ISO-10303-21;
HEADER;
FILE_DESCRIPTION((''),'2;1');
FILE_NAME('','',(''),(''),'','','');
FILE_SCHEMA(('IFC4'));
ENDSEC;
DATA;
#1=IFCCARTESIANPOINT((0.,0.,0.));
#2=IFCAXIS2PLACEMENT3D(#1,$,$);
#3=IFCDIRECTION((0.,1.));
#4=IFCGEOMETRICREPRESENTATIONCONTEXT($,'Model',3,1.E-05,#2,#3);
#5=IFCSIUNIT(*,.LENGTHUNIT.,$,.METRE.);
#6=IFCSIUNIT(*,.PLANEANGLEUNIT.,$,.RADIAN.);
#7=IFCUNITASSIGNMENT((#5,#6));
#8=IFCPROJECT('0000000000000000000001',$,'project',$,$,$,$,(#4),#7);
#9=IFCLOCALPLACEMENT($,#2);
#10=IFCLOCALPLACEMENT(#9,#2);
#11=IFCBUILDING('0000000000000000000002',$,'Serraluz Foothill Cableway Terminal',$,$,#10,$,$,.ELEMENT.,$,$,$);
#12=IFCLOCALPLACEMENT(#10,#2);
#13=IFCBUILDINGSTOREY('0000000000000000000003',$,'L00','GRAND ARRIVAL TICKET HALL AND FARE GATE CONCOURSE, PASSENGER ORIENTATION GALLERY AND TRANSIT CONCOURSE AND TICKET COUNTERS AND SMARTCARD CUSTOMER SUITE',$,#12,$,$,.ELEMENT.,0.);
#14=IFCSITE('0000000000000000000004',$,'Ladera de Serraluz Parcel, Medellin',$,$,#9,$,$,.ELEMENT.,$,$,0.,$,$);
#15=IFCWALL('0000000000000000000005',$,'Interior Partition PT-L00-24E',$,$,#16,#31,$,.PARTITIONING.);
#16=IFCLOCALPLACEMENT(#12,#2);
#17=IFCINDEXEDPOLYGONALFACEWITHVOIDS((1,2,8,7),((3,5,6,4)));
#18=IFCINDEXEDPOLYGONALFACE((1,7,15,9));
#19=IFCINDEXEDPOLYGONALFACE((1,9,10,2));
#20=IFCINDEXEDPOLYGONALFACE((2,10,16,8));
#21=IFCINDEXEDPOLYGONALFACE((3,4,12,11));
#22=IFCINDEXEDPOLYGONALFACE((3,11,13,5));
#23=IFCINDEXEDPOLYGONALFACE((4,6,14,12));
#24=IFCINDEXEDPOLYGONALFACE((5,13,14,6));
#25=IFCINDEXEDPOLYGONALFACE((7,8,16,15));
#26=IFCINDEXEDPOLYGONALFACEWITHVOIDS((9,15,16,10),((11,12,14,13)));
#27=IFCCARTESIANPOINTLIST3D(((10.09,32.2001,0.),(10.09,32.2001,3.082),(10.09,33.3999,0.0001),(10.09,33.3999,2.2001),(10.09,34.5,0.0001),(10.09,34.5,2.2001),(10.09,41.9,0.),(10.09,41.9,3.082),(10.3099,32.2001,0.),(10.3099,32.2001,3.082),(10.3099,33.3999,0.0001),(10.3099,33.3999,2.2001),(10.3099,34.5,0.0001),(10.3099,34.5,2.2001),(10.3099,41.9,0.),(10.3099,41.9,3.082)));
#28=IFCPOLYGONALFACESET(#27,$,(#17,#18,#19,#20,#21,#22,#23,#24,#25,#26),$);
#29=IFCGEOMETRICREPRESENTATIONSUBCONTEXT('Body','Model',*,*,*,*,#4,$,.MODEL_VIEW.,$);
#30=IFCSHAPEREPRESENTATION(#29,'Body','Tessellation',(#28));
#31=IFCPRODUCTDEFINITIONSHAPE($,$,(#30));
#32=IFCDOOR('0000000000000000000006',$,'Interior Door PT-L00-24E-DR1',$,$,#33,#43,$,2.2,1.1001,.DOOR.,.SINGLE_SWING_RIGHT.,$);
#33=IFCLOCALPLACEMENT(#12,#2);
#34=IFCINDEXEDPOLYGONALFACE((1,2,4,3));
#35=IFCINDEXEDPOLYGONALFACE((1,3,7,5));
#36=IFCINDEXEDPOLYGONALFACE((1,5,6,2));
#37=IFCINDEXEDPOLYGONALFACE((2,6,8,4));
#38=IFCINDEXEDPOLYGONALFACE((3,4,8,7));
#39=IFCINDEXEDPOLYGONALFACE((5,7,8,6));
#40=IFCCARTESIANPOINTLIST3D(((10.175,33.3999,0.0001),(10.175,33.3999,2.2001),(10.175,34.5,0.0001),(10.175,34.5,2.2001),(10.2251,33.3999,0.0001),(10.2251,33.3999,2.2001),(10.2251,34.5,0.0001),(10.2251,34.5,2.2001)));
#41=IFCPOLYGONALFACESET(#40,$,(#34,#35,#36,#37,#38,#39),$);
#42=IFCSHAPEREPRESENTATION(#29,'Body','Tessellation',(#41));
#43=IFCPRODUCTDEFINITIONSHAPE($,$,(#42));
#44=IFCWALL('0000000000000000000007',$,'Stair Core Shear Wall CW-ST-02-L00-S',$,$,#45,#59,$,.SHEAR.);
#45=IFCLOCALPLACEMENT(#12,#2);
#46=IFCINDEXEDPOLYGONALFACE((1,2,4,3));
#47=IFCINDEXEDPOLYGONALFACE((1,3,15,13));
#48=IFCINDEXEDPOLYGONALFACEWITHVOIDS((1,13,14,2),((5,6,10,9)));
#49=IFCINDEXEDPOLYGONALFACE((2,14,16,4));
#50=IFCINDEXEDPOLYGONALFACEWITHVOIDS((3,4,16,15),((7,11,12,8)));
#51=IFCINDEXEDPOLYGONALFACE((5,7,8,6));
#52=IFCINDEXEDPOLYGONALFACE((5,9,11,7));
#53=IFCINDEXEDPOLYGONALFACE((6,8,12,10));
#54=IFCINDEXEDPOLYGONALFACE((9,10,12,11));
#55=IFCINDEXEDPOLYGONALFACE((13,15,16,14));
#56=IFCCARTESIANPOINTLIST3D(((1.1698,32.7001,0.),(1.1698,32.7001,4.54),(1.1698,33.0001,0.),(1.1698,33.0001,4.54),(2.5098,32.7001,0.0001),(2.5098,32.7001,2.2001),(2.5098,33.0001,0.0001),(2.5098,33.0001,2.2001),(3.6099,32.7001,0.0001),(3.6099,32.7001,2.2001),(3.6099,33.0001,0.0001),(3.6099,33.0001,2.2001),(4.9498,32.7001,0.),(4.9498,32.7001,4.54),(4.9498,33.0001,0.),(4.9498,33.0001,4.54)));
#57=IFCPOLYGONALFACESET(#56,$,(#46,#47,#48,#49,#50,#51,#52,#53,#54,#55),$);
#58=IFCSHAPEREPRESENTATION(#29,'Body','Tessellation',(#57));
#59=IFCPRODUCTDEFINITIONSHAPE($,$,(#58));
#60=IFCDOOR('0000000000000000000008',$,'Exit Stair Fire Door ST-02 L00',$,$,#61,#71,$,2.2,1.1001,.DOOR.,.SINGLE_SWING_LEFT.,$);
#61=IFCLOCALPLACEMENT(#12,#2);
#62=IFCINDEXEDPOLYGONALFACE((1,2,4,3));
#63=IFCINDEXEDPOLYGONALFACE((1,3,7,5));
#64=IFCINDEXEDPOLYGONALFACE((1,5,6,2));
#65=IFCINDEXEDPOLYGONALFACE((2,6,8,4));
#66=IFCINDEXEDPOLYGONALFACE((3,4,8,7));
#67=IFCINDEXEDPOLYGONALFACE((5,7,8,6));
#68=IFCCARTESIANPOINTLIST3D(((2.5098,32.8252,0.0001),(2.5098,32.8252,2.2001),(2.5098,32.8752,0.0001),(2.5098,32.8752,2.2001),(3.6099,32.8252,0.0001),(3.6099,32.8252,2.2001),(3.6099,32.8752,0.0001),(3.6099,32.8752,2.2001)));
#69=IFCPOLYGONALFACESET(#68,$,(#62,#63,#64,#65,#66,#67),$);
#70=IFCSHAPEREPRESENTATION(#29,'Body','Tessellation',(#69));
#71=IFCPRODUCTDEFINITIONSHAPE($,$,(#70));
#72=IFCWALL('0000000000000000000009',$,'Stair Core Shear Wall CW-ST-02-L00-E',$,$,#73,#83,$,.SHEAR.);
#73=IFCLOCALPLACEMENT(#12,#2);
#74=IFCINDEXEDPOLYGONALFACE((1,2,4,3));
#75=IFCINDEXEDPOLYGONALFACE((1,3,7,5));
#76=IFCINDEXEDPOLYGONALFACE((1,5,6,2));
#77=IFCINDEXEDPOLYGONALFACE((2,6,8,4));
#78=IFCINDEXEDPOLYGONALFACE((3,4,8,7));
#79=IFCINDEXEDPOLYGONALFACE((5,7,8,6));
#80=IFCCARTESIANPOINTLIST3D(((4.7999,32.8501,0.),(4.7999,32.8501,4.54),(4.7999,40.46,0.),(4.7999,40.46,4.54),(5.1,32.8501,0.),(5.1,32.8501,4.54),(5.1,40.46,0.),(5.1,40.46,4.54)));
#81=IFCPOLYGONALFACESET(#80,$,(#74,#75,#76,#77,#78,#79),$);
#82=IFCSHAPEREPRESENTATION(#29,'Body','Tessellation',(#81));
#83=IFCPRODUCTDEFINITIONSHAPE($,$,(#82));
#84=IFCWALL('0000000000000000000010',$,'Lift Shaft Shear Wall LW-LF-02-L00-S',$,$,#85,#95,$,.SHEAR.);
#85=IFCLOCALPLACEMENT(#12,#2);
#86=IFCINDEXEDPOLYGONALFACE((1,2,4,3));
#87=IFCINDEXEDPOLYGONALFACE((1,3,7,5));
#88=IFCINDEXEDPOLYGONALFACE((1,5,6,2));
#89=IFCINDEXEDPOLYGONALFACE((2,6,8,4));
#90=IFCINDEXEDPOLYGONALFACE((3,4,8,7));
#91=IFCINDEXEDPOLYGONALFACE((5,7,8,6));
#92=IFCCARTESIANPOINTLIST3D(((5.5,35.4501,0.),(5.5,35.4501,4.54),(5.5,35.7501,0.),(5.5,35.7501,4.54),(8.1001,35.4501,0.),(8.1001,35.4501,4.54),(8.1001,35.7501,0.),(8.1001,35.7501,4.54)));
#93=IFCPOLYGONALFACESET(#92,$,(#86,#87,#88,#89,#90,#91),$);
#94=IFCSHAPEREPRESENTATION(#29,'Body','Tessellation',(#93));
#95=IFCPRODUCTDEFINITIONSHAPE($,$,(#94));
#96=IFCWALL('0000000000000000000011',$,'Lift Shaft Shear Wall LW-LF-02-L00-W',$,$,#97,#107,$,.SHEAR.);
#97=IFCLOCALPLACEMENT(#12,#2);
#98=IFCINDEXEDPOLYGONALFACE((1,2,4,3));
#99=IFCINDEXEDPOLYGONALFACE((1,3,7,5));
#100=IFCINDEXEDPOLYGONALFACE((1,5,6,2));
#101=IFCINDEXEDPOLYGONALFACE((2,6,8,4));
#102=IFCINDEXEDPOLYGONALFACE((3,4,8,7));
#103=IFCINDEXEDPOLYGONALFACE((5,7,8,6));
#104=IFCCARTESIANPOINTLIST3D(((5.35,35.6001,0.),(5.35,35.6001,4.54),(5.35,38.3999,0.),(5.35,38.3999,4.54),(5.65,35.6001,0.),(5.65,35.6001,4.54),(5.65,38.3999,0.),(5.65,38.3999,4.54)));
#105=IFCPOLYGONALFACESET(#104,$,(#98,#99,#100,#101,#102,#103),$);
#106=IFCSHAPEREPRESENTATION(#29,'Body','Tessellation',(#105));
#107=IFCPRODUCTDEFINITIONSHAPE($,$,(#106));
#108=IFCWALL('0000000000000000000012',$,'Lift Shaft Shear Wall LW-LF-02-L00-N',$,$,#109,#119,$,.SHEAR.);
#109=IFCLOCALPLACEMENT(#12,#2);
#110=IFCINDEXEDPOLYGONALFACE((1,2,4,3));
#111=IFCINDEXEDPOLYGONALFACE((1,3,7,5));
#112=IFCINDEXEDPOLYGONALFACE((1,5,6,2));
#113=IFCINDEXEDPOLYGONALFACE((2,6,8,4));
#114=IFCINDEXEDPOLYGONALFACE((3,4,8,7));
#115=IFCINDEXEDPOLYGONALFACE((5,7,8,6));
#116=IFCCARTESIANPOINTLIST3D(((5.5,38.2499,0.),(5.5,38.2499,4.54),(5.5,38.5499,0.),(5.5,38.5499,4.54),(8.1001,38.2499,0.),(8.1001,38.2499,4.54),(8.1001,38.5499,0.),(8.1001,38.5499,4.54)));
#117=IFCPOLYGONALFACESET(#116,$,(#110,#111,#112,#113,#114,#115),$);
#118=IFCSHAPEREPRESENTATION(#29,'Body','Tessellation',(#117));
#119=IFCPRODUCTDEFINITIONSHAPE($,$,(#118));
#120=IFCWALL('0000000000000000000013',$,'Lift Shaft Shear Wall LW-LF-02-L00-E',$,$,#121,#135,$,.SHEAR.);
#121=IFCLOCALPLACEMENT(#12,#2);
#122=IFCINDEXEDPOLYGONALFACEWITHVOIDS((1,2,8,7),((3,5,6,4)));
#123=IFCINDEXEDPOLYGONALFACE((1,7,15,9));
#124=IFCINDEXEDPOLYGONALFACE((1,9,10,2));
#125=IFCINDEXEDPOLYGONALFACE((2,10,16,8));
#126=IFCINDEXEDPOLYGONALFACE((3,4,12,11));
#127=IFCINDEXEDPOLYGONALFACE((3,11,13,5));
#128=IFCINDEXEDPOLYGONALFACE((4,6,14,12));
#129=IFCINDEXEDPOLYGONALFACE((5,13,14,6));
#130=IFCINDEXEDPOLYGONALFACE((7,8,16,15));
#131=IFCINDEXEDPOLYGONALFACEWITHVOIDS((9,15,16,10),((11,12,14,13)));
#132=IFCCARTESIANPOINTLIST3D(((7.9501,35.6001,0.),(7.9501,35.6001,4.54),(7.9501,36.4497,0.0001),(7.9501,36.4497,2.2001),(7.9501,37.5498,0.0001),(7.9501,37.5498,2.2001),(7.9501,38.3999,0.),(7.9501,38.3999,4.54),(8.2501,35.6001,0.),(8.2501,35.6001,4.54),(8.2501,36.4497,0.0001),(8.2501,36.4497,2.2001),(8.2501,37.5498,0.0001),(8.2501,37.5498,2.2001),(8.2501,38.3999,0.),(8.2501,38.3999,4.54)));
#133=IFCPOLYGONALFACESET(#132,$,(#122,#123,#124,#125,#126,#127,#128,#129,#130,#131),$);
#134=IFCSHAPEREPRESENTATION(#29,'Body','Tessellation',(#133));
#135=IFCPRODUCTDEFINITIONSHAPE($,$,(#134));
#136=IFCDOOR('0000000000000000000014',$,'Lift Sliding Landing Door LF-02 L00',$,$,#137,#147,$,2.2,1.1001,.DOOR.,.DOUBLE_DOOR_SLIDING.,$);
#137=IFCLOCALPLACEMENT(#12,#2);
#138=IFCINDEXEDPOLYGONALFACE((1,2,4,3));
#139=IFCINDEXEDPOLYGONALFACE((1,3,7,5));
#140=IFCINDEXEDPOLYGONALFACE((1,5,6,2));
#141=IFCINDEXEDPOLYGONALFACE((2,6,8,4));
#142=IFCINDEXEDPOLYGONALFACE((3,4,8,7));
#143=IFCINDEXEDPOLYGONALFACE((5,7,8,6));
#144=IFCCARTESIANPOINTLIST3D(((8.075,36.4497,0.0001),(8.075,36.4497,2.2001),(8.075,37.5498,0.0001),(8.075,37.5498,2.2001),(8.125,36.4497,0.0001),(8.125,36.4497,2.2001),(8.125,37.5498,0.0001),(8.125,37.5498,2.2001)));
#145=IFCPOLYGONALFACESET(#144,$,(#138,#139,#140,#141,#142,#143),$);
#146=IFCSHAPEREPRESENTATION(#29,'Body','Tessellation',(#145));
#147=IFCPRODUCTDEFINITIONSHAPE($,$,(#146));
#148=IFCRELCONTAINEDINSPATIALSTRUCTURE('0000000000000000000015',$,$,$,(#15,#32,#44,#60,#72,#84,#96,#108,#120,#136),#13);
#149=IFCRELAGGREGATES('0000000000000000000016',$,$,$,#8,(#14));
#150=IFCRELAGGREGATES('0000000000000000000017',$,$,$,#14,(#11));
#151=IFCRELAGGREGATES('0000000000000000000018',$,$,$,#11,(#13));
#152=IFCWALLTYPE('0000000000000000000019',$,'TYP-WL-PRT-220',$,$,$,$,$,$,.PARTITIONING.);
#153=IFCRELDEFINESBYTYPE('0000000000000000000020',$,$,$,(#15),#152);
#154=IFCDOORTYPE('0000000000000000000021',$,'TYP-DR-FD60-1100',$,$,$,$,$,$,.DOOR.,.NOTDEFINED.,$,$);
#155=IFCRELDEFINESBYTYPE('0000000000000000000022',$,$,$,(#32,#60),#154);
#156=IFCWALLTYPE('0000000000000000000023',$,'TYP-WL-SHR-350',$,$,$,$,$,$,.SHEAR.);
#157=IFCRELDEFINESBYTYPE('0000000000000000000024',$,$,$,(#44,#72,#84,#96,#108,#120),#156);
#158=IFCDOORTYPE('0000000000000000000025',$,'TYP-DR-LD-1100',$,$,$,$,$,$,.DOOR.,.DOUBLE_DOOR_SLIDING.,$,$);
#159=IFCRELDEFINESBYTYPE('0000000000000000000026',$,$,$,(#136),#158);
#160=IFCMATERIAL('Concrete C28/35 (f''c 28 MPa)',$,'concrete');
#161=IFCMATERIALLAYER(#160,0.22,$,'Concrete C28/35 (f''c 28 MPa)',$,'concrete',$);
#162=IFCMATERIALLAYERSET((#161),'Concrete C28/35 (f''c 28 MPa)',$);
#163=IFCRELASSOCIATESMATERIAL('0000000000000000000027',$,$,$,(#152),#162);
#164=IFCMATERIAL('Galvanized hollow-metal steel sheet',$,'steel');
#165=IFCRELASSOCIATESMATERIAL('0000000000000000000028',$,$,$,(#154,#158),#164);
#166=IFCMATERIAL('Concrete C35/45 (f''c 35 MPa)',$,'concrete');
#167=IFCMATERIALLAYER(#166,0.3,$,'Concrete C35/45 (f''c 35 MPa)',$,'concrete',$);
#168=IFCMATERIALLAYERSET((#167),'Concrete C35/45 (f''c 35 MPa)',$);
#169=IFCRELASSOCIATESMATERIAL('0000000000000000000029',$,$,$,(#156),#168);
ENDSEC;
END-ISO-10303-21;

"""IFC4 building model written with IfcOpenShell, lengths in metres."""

from ifc_helpers import new_model, si_unit, direction, frame, frame_2d, origin, place, context, subcontext, project, spatial, rectangle, extrude, material, layer, layer_set, type_object, element, fill, save


model = new_model("IFC4")

# Units and contexts
model_context = context("Model", 3, precision=1e-05, world=origin(), true_north=direction((0.0, 1.0)))
body_context = subcontext(model_context, "Body", "Model", "MODEL_VIEW")
ifc_project = project(units=[si_unit("LENGTHUNIT", "METRE"), si_unit("PLANEANGLEUNIT", "RADIAN")], contexts=[model_context])

# Site, building, storey
site_placement = place(None, origin())
site = spatial("IfcSite", under=ifc_project, at=site_placement, Name="Ladera de Serraluz Parcel, Medellin", CompositionType="ELEMENT", RefElevation=0.0)
building_placement = place(site_placement, origin())
building = spatial("IfcBuilding", under=site, at=building_placement, Name="Serraluz Foothill Cableway Terminal", CompositionType="ELEMENT")
storey_placement = place(building_placement, origin())
storey = spatial("IfcBuildingStorey", under=building, at=storey_placement, Name="L00", Description="GRAND ARRIVAL TICKET HALL AND FARE GATE CONCOURSE, PASSENGER ORIENTATION GALLERY AND TRANSIT CONCOURSE AND TICKET COUNTERS AND SMARTCARD CUSTOMER SUITE", CompositionType="ELEMENT", Elevation=0.0)

# Shared definitions
ifc_material_1 = material(Name="Concrete C28/35 (f'c 28 MPa)", Category="concrete")

# Shared definitions
ifc_material_2 = material(Name="Concrete C35/45 (f'c 35 MPa)", Category="concrete")

# Walls, openings, doors
ifc_layer_1 = layer(ifc_material_1, 0.22, Name="Concrete C28/35 (f'c 28 MPa)", Category="concrete")
ifc_layer_set_1 = layer_set([ifc_layer_1], Name="Concrete C28/35 (f'c 28 MPa)")
wall_type_1 = type_object("IfcWallType", Name="TYP-WL-PRT-220", PredefinedType="PARTITIONING", material=ifc_layer_set_1)
wall_1_placement = place(storey_placement, frame((10.2, 32.2, 0.0), z_axis=(0.0, 0.0, 1.0), x_axis=(0.0, 1.0, 0.0)))
wall_1 = element("IfcWall", 1, at=wall_1_placement, inside=storey, type_object=wall_type_1, Name="Interior Partition PT-L00-24E", PredefinedType="PARTITIONING", context=body_context, shape_type="SweptSolid", body=[
    extrude(rectangle(XDim=9.7, YDim=0.22, at=frame_2d((4.8501, 0.0))), origin(), (0.0, 0.0, 1.0), 3.082),
])
opening_1_placement = place(wall_1_placement, frame((1.2, 0.0, 0.0)))
opening_1 = element("IfcOpeningElement", 2, at=opening_1_placement, cuts=wall_1, PredefinedType="OPENING", context=body_context, shape_type="SweptSolid", body=[
    extrude(rectangle(XDim=1.1001, YDim=2.2, at=frame_2d((0.55, 1.1001))), frame((0.0, 0.1201, 0.0), z_axis=(0.0, -1.0, 0.0), x_axis=(1.0, 0.0, 0.0)), (0.0, 0.0, 1.0), 0.24),
])
ifc_material_3 = material(Name="Galvanized hollow-metal steel sheet", Category="steel")
door_type_1 = type_object("IfcDoorType", Name="TYP-DR-FD60-1100", OperationType="NOTDEFINED", PredefinedType="DOOR", material=ifc_material_3)
door_1_placement = place(opening_1_placement, origin())
door_1 = element("IfcDoor", 3, at=door_1_placement, inside=storey, type_object=door_type_1, Name="Interior Door PT-L00-24E-DR1", OperationType="SINGLE_SWING_RIGHT", OverallHeight=2.2, OverallWidth=1.1001, PredefinedType="DOOR", context=body_context, shape_type="SweptSolid", body=[
    extrude(rectangle(XDim=1.1001, YDim=2.2, at=frame_2d((0.55, 1.1001))), frame((0.0, 0.0249, 0.0), z_axis=(0.0, -1.0, 0.0), x_axis=(1.0, 0.0, 0.0)), (0.0, 0.0, 1.0), 0.05),
])
fill(opening_1, door_1)
ifc_layer_2 = layer(ifc_material_2, 0.3, Name="Concrete C35/45 (f'c 35 MPa)", Category="concrete")
ifc_layer_set_2 = layer_set([ifc_layer_2], Name="Concrete C35/45 (f'c 35 MPa)")
wall_type_2 = type_object("IfcWallType", Name="TYP-WL-SHR-350", PredefinedType="SHEAR", material=ifc_layer_set_2)
wall_2_placement = place(storey_placement, frame((4.95, 32.8501, 0.0), z_axis=(0.0, 0.0, 1.0), x_axis=(-1.0, 0.0, 0.0)))
wall_2 = element("IfcWall", 4, at=wall_2_placement, inside=storey, type_object=wall_type_2, Name="Stair Core Shear Wall CW-ST-02-L00-S", PredefinedType="SHEAR", context=body_context, shape_type="SweptSolid", body=[
    extrude(rectangle(XDim=3.78, YDim=0.3, at=frame_2d((1.8901, 0.0))), origin(), (0.0, 0.0, 1.0), 4.54),
])
opening_2_placement = place(wall_2_placement, frame((1.3401, 0.0, 0.0)))
opening_2 = element("IfcOpeningElement", 5, at=opening_2_placement, cuts=wall_2, PredefinedType="OPENING", context=body_context, shape_type="SweptSolid", body=[
    extrude(rectangle(XDim=1.1001, YDim=2.2, at=frame_2d((0.55, 1.1001))), frame((0.0, 0.1602, 0.0), z_axis=(0.0, -1.0, 0.0), x_axis=(1.0, 0.0, 0.0)), (0.0, 0.0, 1.0), 0.3201),
])
door_2_placement = place(opening_2_placement, origin())
door_2 = element("IfcDoor", 6, at=door_2_placement, inside=storey, type_object=door_type_1, Name="Exit Stair Fire Door ST-02 L00", OperationType="SINGLE_SWING_LEFT", OverallHeight=2.2, OverallWidth=1.1001, PredefinedType="DOOR", context=body_context, shape_type="SweptSolid", body=[
    extrude(rectangle(XDim=1.1001, YDim=2.2, at=frame_2d((0.55, 1.1001))), frame((0.0, 0.0249, 0.0), z_axis=(0.0, -1.0, 0.0), x_axis=(1.0, 0.0, 0.0)), (0.0, 0.0, 1.0), 0.05),
])
fill(opening_2, door_2)

# Walls
wall_3_placement = place(storey_placement, frame((4.95, 40.46, 0.0), z_axis=(0.0, 0.0, 1.0), x_axis=(0.0, -1.0, 0.0)))
element("IfcWall", 7, at=wall_3_placement, inside=storey, type_object=wall_type_2, Name="Stair Core Shear Wall CW-ST-02-L00-E", PredefinedType="SHEAR", context=body_context, shape_type="SweptSolid", body=[
    extrude(rectangle(XDim=7.6099, YDim=0.3, at=frame_2d((3.8049, 0.0))), origin(), (0.0, 0.0, 1.0), 4.54),
])
wall_4_placement = place(storey_placement, frame((8.1001, 35.6001, 0.0), z_axis=(0.0, 0.0, 1.0), x_axis=(-1.0, 0.0, 0.0)))
element("IfcWall", 8, at=wall_4_placement, inside=storey, type_object=wall_type_2, Name="Lift Shaft Shear Wall LW-LF-02-L00-S", PredefinedType="SHEAR", context=body_context, shape_type="SweptSolid", body=[
    extrude(rectangle(XDim=2.6001, YDim=0.3, at=frame_2d((1.3, 0.0))), origin(), (0.0, 0.0, 1.0), 4.54),
])
wall_5_placement = place(storey_placement, frame((5.5, 35.6001, 0.0), z_axis=(0.0, 0.0, 1.0), x_axis=(0.0, 1.0, 0.0)))
element("IfcWall", 9, at=wall_5_placement, inside=storey, type_object=wall_type_2, Name="Lift Shaft Shear Wall LW-LF-02-L00-W", PredefinedType="SHEAR", context=body_context, shape_type="SweptSolid", body=[
    extrude(rectangle(XDim=2.7998, YDim=0.3, at=frame_2d((1.3999, 0.0))), origin(), (0.0, 0.0, 1.0), 4.54),
])
wall_6_placement = place(storey_placement, frame((5.5, 38.3999, 0.0), z_axis=(0.0, 0.0, 1.0), x_axis=(1.0, 0.0, 0.0)))
element("IfcWall", 10, at=wall_6_placement, inside=storey, type_object=wall_type_2, Name="Lift Shaft Shear Wall LW-LF-02-L00-N", PredefinedType="SHEAR", context=body_context, shape_type="SweptSolid", body=[
    extrude(rectangle(XDim=2.6001, YDim=0.3, at=frame_2d((1.3, 0.0))), origin(), (0.0, 0.0, 1.0), 4.54),
])

# Wall, opening, door
wall_7_placement = place(storey_placement, frame((8.1001, 38.3999, 0.0), z_axis=(0.0, 0.0, 1.0), x_axis=(0.0, -1.0, 0.0)))
wall_7 = element("IfcWall", 11, at=wall_7_placement, inside=storey, type_object=wall_type_2, Name="Lift Shaft Shear Wall LW-LF-02-L00-E", PredefinedType="SHEAR", context=body_context, shape_type="SweptSolid", body=[
    extrude(rectangle(XDim=2.7998, YDim=0.3, at=frame_2d((1.3999, 0.0))), origin(), (0.0, 0.0, 1.0), 4.54),
])
opening_3_placement = place(wall_7_placement, frame((0.8501, 0.0, 0.0)))
opening_3 = element("IfcOpeningElement", 12, at=opening_3_placement, cuts=wall_7, PredefinedType="OPENING", context=body_context, shape_type="SweptSolid", body=[
    extrude(rectangle(XDim=1.1001, YDim=2.2, at=frame_2d((0.55, 1.1001))), frame((0.0, 0.1602, 0.0), z_axis=(0.0, -1.0, 0.0), x_axis=(1.0, 0.0, 0.0)), (0.0, 0.0, 1.0), 0.3201),
])
door_type_2 = type_object("IfcDoorType", Name="TYP-DR-LD-1100", OperationType="DOUBLE_DOOR_SLIDING", PredefinedType="DOOR", material=ifc_material_3)
door_3_placement = place(opening_3_placement, origin())
door_3 = element("IfcDoor", 13, at=door_3_placement, inside=storey, type_object=door_type_2, Name="Lift Sliding Landing Door LF-02 L00", OperationType="DOUBLE_DOOR_SLIDING", OverallHeight=2.2, OverallWidth=1.1001, PredefinedType="DOOR", context=body_context, shape_type="SweptSolid", body=[
    extrude(rectangle(XDim=1.1001, YDim=2.2, at=frame_2d((0.55, 1.1001))), frame((0.0, 0.0249, 0.0), z_axis=(0.0, -1.0, 0.0), x_axis=(1.0, 0.0, 0.0)), (0.0, 0.0, 1.0), 0.05),
])
fill(opening_3, door_3)

save(model, "model.ifc")
